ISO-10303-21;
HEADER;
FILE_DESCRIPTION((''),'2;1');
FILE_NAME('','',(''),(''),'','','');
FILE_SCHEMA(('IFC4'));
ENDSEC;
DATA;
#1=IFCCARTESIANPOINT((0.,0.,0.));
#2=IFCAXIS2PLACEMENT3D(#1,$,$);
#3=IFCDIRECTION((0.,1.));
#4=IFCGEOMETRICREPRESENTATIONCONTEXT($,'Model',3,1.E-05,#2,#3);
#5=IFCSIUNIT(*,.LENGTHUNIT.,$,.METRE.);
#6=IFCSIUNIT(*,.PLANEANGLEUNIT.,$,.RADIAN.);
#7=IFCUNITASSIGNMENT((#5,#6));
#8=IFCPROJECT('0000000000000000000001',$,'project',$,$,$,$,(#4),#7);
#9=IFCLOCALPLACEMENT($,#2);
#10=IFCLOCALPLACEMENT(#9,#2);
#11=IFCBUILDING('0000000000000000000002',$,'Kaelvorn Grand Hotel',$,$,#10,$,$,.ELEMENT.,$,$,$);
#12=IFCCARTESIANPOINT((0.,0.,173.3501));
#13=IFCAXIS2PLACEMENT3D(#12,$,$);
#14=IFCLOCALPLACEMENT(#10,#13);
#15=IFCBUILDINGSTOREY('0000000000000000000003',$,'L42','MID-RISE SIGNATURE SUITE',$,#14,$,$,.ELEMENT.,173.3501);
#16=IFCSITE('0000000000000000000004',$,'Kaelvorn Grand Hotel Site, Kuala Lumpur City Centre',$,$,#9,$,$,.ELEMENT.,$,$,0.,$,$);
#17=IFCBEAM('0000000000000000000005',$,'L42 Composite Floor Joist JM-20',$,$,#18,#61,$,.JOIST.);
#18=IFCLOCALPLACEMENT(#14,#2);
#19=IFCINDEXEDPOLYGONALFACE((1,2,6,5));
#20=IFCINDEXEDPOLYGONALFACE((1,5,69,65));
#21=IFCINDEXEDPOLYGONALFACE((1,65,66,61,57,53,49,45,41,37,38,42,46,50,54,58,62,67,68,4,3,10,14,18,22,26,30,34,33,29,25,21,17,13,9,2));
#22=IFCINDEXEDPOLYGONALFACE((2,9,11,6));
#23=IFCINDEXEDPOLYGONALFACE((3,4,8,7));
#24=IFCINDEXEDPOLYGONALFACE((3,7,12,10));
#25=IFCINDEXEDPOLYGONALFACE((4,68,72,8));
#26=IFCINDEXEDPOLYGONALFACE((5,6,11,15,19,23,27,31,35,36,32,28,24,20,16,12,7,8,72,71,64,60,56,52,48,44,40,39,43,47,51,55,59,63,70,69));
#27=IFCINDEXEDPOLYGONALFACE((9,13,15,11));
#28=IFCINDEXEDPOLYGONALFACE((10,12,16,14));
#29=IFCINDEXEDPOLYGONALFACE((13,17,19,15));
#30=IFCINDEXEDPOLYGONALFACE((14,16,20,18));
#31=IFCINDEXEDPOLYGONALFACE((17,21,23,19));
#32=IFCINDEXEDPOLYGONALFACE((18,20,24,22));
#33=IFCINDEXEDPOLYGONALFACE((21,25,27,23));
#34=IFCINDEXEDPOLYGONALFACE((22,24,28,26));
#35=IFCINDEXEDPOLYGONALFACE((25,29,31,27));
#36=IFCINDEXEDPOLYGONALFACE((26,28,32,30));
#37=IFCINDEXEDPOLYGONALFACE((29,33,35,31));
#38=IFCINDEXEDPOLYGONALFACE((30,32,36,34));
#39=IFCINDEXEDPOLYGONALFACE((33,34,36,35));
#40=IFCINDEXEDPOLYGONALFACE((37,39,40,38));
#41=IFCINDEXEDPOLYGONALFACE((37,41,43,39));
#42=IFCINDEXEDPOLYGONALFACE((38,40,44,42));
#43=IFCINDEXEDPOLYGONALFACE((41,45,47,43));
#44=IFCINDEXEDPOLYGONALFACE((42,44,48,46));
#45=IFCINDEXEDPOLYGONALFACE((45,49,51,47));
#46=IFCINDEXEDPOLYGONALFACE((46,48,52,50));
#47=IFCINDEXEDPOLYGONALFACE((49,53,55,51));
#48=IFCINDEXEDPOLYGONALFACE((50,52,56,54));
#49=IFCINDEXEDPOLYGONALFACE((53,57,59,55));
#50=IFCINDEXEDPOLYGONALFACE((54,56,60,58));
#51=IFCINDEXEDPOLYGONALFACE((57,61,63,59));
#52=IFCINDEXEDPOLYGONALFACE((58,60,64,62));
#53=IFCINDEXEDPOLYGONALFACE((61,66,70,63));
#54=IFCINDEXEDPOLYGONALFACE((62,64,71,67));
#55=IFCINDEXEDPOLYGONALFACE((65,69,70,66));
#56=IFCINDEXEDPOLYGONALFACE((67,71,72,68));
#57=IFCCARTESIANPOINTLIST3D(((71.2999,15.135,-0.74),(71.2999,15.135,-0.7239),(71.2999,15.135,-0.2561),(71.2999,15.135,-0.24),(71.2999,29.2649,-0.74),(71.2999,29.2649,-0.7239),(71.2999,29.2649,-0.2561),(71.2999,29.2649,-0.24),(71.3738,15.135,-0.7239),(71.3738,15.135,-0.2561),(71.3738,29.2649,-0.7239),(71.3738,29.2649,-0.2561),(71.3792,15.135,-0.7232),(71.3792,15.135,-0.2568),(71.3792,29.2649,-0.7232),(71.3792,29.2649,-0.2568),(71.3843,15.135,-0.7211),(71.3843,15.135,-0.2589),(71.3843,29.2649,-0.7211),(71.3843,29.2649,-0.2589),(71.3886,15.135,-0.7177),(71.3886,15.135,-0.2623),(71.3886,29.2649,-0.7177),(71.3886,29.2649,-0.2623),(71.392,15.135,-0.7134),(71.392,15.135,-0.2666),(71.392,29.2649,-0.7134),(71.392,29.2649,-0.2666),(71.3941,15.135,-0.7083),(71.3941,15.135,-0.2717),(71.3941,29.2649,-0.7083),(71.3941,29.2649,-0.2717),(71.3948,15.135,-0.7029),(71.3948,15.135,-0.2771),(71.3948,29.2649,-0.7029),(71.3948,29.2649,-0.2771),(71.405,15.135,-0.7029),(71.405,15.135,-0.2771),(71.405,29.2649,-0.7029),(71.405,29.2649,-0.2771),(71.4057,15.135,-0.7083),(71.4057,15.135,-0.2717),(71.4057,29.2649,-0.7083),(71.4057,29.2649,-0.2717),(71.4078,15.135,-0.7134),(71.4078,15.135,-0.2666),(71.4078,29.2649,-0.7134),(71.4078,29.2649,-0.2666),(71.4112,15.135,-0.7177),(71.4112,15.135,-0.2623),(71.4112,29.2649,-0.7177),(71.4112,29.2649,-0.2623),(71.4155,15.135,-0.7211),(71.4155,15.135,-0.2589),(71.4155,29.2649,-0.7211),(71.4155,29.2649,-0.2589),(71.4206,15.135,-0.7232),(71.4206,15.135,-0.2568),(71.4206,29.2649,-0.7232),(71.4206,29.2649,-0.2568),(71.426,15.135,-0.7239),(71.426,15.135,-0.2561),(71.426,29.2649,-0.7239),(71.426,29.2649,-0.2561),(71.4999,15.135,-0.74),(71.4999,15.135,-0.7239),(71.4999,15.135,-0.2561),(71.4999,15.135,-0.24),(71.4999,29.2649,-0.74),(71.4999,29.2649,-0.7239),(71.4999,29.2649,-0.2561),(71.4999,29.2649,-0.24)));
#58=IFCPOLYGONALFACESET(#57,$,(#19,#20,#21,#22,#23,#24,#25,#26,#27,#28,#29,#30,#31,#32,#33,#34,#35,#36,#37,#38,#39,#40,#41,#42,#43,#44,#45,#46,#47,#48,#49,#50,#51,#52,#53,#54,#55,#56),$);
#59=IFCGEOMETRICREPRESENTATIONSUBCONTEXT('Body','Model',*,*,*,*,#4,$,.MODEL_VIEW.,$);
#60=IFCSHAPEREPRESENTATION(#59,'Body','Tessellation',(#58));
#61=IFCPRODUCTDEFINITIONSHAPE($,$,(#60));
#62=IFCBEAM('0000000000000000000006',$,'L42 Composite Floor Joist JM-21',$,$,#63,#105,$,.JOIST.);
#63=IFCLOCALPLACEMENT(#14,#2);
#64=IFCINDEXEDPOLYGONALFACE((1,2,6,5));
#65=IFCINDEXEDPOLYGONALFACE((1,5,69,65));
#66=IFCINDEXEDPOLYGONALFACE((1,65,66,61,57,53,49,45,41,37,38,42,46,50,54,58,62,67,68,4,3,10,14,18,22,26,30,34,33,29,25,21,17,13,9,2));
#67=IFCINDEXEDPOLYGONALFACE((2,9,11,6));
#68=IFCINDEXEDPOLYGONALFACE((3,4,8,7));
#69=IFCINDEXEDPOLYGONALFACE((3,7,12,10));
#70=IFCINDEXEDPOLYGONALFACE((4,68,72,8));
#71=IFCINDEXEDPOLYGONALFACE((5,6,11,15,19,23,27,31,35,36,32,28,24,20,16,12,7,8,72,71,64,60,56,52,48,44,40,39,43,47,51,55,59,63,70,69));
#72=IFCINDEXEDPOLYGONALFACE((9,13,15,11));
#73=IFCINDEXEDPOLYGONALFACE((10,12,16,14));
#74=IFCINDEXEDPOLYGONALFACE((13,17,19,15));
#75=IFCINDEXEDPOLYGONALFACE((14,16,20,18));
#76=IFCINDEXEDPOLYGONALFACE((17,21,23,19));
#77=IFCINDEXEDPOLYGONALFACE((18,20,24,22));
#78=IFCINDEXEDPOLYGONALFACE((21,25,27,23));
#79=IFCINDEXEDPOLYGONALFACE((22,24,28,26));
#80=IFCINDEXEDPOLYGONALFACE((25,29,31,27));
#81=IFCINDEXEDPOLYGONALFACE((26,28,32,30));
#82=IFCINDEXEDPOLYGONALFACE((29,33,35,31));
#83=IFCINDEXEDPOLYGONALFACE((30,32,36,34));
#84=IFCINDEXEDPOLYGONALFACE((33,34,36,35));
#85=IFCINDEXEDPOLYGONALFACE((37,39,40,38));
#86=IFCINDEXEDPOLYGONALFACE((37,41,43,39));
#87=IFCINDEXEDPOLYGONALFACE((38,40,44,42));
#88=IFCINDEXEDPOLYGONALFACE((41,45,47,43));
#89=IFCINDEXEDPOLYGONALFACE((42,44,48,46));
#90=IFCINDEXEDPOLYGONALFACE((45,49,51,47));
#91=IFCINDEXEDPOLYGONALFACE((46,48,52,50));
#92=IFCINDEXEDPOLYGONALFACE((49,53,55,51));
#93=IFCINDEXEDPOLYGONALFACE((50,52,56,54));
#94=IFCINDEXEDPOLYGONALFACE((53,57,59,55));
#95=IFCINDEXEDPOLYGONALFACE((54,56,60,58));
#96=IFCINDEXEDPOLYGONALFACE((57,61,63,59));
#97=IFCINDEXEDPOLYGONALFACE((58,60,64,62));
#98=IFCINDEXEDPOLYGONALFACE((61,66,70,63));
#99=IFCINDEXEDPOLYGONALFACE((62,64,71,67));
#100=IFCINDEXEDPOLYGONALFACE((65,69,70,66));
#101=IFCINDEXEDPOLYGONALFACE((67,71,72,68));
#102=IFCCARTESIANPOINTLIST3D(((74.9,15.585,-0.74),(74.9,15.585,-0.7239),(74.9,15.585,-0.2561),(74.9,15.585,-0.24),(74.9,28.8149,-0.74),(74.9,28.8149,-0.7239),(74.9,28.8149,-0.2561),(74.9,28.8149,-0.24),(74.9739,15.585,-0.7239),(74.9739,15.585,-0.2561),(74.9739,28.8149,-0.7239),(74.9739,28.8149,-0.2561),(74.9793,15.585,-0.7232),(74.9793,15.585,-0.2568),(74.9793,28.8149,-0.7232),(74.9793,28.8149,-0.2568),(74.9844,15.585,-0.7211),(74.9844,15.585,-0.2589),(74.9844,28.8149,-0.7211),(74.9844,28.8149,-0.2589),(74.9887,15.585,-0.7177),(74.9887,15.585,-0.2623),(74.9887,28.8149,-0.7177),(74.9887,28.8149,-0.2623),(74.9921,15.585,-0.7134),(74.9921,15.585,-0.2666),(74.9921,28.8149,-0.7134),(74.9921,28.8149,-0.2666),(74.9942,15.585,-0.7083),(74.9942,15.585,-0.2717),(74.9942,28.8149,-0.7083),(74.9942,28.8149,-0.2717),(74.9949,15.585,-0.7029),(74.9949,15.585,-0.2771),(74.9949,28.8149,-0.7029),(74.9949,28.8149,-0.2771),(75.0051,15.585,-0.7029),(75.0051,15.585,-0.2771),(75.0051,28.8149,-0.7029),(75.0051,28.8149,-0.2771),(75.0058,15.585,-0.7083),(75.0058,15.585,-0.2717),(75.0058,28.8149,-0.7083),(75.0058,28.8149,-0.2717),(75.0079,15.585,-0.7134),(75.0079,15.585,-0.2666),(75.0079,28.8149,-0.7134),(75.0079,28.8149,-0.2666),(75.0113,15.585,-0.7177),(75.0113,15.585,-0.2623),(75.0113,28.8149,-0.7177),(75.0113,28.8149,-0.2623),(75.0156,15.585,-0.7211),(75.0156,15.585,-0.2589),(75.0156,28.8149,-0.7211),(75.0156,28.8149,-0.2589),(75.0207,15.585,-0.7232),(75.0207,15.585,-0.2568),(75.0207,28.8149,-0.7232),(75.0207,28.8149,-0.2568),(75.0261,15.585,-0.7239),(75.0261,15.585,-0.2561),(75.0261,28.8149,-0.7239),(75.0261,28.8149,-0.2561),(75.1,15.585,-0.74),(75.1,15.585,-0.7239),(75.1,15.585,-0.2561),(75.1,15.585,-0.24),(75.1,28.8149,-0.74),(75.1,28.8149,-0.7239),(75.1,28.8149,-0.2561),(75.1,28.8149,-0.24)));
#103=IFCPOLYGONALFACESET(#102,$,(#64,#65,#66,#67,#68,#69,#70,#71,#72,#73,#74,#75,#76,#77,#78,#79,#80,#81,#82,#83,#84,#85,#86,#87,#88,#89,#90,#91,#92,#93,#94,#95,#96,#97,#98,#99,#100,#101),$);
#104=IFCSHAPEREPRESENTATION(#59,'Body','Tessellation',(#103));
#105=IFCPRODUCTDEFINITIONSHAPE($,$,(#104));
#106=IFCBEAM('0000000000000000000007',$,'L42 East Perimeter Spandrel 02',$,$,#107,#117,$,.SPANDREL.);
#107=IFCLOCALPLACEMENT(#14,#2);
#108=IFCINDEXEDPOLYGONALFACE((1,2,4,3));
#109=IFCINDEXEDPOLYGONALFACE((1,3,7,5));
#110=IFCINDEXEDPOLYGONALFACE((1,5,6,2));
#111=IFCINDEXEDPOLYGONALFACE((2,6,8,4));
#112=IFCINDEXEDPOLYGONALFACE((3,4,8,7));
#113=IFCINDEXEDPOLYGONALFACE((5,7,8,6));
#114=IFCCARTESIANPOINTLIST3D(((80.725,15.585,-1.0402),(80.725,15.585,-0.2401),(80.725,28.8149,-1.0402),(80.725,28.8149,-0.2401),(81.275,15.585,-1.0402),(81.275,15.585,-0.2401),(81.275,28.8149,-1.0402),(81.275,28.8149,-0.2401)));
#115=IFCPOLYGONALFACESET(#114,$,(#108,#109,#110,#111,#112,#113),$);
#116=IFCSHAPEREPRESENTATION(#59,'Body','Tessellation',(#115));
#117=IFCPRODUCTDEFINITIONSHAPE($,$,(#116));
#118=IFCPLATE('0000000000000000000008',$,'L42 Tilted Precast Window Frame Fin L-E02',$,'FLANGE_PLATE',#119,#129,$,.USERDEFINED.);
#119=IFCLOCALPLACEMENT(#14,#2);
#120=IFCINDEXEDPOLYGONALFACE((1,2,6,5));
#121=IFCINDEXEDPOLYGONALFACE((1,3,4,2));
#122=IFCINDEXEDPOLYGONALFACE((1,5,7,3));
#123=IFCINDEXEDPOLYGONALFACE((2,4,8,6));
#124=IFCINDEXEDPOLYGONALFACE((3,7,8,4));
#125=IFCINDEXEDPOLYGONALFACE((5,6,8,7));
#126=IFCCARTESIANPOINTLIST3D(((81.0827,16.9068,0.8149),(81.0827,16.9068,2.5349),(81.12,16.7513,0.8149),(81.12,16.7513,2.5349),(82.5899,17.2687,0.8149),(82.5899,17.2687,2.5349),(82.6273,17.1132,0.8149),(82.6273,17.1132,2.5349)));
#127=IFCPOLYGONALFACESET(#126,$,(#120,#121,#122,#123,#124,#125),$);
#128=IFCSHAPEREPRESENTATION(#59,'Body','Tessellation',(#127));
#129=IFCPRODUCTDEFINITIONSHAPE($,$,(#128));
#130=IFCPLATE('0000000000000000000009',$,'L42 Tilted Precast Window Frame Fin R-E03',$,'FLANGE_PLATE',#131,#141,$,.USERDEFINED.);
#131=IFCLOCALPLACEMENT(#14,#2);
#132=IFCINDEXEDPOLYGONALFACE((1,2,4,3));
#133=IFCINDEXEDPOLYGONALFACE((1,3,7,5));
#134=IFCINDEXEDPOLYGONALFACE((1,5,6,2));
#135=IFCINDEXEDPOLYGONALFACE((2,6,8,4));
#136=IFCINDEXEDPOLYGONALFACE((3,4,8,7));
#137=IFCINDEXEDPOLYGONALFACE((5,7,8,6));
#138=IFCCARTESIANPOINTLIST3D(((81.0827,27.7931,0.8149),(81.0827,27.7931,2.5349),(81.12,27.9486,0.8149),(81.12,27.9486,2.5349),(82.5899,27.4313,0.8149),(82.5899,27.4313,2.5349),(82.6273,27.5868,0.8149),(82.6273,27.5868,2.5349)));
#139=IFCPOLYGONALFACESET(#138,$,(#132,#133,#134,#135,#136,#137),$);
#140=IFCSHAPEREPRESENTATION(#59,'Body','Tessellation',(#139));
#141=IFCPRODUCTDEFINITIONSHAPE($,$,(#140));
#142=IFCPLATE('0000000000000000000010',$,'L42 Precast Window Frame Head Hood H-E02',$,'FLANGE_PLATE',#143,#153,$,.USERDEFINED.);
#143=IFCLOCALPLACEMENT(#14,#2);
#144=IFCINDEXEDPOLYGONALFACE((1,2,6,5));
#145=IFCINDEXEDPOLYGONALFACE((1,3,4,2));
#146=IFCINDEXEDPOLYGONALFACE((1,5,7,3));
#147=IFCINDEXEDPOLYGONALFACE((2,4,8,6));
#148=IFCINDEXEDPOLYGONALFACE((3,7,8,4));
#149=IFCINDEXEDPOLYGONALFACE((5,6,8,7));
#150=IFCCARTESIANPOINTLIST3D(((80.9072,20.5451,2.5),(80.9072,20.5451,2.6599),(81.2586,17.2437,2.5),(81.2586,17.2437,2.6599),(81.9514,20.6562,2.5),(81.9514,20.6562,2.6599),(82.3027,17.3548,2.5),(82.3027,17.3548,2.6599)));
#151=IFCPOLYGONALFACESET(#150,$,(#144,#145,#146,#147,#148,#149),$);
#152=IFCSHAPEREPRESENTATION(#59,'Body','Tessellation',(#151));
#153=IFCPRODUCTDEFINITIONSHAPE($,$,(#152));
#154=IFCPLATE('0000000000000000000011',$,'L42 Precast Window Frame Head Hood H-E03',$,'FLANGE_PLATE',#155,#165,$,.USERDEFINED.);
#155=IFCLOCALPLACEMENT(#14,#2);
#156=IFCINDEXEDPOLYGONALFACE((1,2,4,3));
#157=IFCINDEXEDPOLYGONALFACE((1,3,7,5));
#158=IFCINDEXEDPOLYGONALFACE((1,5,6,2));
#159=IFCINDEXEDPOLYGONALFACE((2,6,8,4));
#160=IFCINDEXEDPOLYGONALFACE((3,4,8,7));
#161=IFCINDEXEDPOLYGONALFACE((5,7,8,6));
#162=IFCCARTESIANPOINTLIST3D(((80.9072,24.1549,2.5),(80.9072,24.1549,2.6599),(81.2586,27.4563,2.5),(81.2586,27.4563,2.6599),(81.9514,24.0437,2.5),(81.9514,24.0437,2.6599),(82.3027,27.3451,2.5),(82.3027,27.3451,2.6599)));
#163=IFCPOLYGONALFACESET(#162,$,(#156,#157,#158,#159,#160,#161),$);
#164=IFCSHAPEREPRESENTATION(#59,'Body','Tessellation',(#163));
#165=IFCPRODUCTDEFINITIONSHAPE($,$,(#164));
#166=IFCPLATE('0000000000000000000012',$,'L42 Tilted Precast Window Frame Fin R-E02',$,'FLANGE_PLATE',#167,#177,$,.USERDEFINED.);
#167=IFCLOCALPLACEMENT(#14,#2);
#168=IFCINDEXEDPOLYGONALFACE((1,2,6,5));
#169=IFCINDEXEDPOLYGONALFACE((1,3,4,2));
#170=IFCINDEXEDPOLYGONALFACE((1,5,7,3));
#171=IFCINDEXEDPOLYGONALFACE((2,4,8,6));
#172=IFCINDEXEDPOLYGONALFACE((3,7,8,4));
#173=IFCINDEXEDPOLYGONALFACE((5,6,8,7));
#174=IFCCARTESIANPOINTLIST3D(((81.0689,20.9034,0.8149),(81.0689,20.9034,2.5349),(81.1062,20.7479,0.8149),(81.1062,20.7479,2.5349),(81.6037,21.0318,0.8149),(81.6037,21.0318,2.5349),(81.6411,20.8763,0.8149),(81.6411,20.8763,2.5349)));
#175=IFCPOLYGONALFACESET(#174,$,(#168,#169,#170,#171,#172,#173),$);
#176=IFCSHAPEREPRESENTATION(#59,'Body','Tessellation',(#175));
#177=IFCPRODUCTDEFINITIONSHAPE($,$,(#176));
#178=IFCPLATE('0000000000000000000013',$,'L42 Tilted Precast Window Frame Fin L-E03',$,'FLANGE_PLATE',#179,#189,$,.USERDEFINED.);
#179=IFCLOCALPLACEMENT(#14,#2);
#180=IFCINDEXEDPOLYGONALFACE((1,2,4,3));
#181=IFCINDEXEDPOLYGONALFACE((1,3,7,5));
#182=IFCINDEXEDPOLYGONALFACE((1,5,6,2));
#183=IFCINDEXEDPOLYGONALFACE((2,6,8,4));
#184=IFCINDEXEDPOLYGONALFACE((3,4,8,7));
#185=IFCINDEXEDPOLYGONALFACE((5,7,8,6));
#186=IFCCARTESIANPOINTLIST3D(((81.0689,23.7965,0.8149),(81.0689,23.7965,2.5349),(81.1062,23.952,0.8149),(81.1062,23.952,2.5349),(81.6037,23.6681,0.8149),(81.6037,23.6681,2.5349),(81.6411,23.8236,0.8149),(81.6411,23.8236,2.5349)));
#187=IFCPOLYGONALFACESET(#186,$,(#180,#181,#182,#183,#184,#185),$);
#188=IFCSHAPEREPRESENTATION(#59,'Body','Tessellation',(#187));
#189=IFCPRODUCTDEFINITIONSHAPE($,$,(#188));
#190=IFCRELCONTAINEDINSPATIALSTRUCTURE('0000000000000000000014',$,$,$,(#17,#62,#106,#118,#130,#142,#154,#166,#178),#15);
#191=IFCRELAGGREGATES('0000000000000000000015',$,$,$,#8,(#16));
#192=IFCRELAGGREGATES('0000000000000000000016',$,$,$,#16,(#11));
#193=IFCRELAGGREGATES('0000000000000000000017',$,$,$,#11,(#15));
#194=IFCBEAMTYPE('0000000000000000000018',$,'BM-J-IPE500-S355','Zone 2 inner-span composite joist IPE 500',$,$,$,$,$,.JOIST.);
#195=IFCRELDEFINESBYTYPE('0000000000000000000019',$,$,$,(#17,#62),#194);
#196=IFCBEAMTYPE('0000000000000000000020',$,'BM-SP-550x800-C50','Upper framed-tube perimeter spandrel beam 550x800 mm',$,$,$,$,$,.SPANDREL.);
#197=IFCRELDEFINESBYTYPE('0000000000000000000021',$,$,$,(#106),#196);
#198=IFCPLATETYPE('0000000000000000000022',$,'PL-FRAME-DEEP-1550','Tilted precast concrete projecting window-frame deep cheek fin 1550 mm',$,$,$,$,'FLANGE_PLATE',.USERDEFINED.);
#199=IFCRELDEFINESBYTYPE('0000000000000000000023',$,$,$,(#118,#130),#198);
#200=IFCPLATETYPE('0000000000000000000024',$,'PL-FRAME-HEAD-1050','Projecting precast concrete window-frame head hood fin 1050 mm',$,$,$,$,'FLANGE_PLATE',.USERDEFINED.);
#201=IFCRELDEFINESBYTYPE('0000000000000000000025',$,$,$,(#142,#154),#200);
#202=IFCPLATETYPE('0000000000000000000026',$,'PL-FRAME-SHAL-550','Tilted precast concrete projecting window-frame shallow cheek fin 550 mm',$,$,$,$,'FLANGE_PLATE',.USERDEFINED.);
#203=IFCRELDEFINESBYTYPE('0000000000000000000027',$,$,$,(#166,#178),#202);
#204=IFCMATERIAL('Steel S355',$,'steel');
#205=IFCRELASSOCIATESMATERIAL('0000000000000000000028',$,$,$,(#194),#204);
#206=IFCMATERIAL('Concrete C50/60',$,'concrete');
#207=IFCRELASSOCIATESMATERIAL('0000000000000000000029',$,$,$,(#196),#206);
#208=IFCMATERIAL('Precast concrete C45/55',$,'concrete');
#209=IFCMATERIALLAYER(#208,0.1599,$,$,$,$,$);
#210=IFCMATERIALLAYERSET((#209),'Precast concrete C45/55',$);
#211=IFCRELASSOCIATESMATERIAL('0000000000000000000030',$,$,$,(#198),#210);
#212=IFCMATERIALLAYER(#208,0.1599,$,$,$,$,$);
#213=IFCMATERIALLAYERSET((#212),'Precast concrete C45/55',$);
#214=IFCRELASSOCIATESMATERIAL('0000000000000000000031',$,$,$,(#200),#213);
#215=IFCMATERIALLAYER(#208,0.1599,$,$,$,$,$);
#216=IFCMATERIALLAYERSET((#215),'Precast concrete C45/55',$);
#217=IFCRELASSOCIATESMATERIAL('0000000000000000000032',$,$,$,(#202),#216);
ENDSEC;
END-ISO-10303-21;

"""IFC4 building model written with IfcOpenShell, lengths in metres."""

from ifc_helpers import new_model, si_unit, direction, frame, origin, origin_2d, place, context, subcontext, project, spatial, rectangle, i_section, extrude, material, layer, layer_set, material_profile, profile_set, type_object, element, save


model = new_model("IFC4")

# Units and contexts
model_context = context("Model", 3, precision=1e-05, world=origin(), true_north=direction((0.0, 1.0)))
body_context = subcontext(model_context, "Body", "Model", "MODEL_VIEW")
ifc_project = project(units=[si_unit("LENGTHUNIT", "METRE"), si_unit("PLANEANGLEUNIT", "RADIAN")], contexts=[model_context])

# Site, building, storey
site_placement = place(None, origin())
site = spatial("IfcSite", under=ifc_project, at=site_placement, Name="Kaelvorn Grand Hotel Site, Kuala Lumpur City Centre", CompositionType="ELEMENT", RefElevation=0.0)
building_placement = place(site_placement, origin())
building = spatial("IfcBuilding", under=site, at=building_placement, Name="Kaelvorn Grand Hotel", CompositionType="ELEMENT")
storey_placement = place(building_placement, frame((0.0, 0.0, 173.3501)))
storey = spatial("IfcBuildingStorey", under=building, at=storey_placement, Name="L42", Description="MID-RISE SIGNATURE SUITE", CompositionType="ELEMENT", Elevation=173.3501)

# Beams
ifc_material_1 = material(Name="Steel S355", Category="steel")
ifc_material_profile_1 = material_profile(ifc_material_1, i_section(OverallWidth=0.2, OverallDepth=0.5, WebThickness=0.0103, FlangeThickness=0.0161, FilletRadius=0.021, at=origin_2d()), Name="IPE 500")
ifc_profile_set_1 = profile_set([ifc_material_profile_1], Name="Steel S355")
beam_type_1 = type_object("IfcBeamType", Name="BM-J-IPE500-S355", Description="Zone 2 inner-span composite joist IPE 500", PredefinedType="JOIST", material=ifc_profile_set_1)
beam_1_placement = place(storey_placement, frame((71.3999, 15.135, -0.49), z_axis=(0.0, 1.0, 0.0), x_axis=(-1.0, 0.0, 0.0)))
element("IfcBeam", 1, at=beam_1_placement, inside=storey, type_object=beam_type_1, Name="L42 Composite Floor Joist JM-20", PredefinedType="JOIST", context=body_context, shape_type="SweptSolid", body=[
    extrude(i_section(OverallWidth=0.2, OverallDepth=0.5, WebThickness=0.0103, FlangeThickness=0.0161, FilletRadius=0.021, at=origin_2d()), origin(), (0.0, 0.0, 1.0), 14.1299),
])
beam_2_placement = place(storey_placement, frame((75.0, 15.585, -0.49), z_axis=(0.0, 1.0, 0.0), x_axis=(-1.0, 0.0, 0.0)))
element("IfcBeam", 2, at=beam_2_placement, inside=storey, type_object=beam_type_1, Name="L42 Composite Floor Joist JM-21", PredefinedType="JOIST", context=body_context, shape_type="SweptSolid", body=[
    extrude(i_section(OverallWidth=0.2, OverallDepth=0.5, WebThickness=0.0103, FlangeThickness=0.0161, FilletRadius=0.021, at=origin_2d()), origin(), (0.0, 0.0, 1.0), 13.23),
])
ifc_material_2 = material(Name="Concrete C50/60", Category="concrete")
ifc_material_profile_2 = material_profile(ifc_material_2, rectangle(XDim=0.55, YDim=0.8, at=origin_2d()), Name="RC SPANDREL 550x800")
ifc_profile_set_2 = profile_set([ifc_material_profile_2], Name="Concrete C50/60")
beam_type_2 = type_object("IfcBeamType", Name="BM-SP-550x800-C50", Description="Upper framed-tube perimeter spandrel beam 550x800 mm", PredefinedType="SPANDREL", material=ifc_profile_set_2)
beam_3_placement = place(storey_placement, frame((81.0, 15.585, -0.6401), z_axis=(0.0, 1.0, 0.0), x_axis=(-1.0, 0.0, 0.0)))
element("IfcBeam", 3, at=beam_3_placement, inside=storey, type_object=beam_type_2, Name="L42 East Perimeter Spandrel 02", PredefinedType="SPANDREL", context=body_context, shape_type="SweptSolid", body=[
    extrude(rectangle(XDim=0.55, YDim=0.8, at=origin_2d()), origin(), (0.0, 0.0, 1.0), 13.23),
])

# Plates
ifc_material_3 = material(Name="Precast concrete C45/55", Category="concrete")
ifc_layer_1 = layer(ifc_material_3, 0.1599)
ifc_layer_set_1 = layer_set([ifc_layer_1], Name="Precast concrete C45/55")
plate_type_1 = type_object("IfcPlateType", Name="PL-FRAME-DEEP-1550", Description="Tilted precast concrete projecting window-frame deep cheek fin 1550 mm", ElementType="FLANGE_PLATE", PredefinedType="USERDEFINED", material=ifc_layer_set_1)
for number, where, z_axis, x_axis, name in (
    (4, (81.855, 17.01, 0.8149), (0.0, 0.0, 1.0), (-0.233445, 0.97237, 0.0), "L42 Tilted Precast Window Frame Fin L-E02"),
    (5, (81.855, 27.6899, 0.8149), (0.0, 0.0, 1.0), (0.233445, 0.97237, 0.0), "L42 Tilted Precast Window Frame Fin R-E03"),
):
    element("IfcPlate", number, at=place(storey_placement, frame(where, z_axis=z_axis, x_axis=x_axis)), inside=storey, type_object=plate_type_1, Name=name, ObjectType="FLANGE_PLATE", PredefinedType="USERDEFINED", context=body_context, shape_type="SweptSolid", body=[
        extrude(rectangle(XDim=0.1599, YDim=1.55, at=origin_2d()), origin(), (0.0, 0.0, 1.0), 1.72),
    ])
ifc_layer_2 = layer(ifc_material_3, 0.1599)
ifc_layer_set_2 = layer_set([ifc_layer_2], Name="Precast concrete C45/55")
plate_type_2 = type_object("IfcPlateType", Name="PL-FRAME-HEAD-1050", Description="Projecting precast concrete window-frame head hood fin 1050 mm", ElementType="FLANGE_PLATE", PredefinedType="USERDEFINED", material=ifc_layer_set_2)
for number, where, z_axis, x_axis, name in (
    (6, (81.605, 18.95, 2.5), (0.0, 0.0, 1.0), (-0.10583, 0.994384, 0.0), "L42 Precast Window Frame Head Hood H-E02"),
    (7, (81.605, 25.75, 2.5), (0.0, 0.0, 1.0), (0.10583, 0.994384, 0.0), "L42 Precast Window Frame Head Hood H-E03"),
):
    element("IfcPlate", number, at=place(storey_placement, frame(where, z_axis=z_axis, x_axis=x_axis)), inside=storey, type_object=plate_type_2, Name=name, ObjectType="FLANGE_PLATE", PredefinedType="USERDEFINED", context=body_context, shape_type="SweptSolid", body=[
        extrude(rectangle(XDim=3.3201, YDim=1.05, at=origin_2d()), origin(), (0.0, 0.0, 1.0), 0.1599),
    ])
ifc_layer_3 = layer(ifc_material_3, 0.1599)
ifc_layer_set_3 = layer_set([ifc_layer_3], Name="Precast concrete C45/55")
plate_type_3 = type_object("IfcPlateType", Name="PL-FRAME-SHAL-550", Description="Tilted precast concrete projecting window-frame shallow cheek fin 550 mm", ElementType="FLANGE_PLATE", PredefinedType="USERDEFINED", material=ifc_layer_set_3)
for number, where, z_axis, x_axis, name in (
    (8, (81.355, 20.8899, 0.8149), (0.0, 0.0, 1.0), (-0.233445, 0.97237, 0.0), "L42 Tilted Precast Window Frame Fin R-E02"),
    (9, (81.355, 23.8101, 0.8149), (0.0, 0.0, 1.0), (0.233445, 0.97237, 0.0), "L42 Tilted Precast Window Frame Fin L-E03"),
):
    element("IfcPlate", number, at=place(storey_placement, frame(where, z_axis=z_axis, x_axis=x_axis)), inside=storey, type_object=plate_type_3, Name=name, ObjectType="FLANGE_PLATE", PredefinedType="USERDEFINED", context=body_context, shape_type="SweptSolid", body=[
        extrude(rectangle(XDim=0.1599, YDim=0.55, at=origin_2d()), origin(), (0.0, 0.0, 1.0), 1.72),
    ])

save(model, "model.ifc")
